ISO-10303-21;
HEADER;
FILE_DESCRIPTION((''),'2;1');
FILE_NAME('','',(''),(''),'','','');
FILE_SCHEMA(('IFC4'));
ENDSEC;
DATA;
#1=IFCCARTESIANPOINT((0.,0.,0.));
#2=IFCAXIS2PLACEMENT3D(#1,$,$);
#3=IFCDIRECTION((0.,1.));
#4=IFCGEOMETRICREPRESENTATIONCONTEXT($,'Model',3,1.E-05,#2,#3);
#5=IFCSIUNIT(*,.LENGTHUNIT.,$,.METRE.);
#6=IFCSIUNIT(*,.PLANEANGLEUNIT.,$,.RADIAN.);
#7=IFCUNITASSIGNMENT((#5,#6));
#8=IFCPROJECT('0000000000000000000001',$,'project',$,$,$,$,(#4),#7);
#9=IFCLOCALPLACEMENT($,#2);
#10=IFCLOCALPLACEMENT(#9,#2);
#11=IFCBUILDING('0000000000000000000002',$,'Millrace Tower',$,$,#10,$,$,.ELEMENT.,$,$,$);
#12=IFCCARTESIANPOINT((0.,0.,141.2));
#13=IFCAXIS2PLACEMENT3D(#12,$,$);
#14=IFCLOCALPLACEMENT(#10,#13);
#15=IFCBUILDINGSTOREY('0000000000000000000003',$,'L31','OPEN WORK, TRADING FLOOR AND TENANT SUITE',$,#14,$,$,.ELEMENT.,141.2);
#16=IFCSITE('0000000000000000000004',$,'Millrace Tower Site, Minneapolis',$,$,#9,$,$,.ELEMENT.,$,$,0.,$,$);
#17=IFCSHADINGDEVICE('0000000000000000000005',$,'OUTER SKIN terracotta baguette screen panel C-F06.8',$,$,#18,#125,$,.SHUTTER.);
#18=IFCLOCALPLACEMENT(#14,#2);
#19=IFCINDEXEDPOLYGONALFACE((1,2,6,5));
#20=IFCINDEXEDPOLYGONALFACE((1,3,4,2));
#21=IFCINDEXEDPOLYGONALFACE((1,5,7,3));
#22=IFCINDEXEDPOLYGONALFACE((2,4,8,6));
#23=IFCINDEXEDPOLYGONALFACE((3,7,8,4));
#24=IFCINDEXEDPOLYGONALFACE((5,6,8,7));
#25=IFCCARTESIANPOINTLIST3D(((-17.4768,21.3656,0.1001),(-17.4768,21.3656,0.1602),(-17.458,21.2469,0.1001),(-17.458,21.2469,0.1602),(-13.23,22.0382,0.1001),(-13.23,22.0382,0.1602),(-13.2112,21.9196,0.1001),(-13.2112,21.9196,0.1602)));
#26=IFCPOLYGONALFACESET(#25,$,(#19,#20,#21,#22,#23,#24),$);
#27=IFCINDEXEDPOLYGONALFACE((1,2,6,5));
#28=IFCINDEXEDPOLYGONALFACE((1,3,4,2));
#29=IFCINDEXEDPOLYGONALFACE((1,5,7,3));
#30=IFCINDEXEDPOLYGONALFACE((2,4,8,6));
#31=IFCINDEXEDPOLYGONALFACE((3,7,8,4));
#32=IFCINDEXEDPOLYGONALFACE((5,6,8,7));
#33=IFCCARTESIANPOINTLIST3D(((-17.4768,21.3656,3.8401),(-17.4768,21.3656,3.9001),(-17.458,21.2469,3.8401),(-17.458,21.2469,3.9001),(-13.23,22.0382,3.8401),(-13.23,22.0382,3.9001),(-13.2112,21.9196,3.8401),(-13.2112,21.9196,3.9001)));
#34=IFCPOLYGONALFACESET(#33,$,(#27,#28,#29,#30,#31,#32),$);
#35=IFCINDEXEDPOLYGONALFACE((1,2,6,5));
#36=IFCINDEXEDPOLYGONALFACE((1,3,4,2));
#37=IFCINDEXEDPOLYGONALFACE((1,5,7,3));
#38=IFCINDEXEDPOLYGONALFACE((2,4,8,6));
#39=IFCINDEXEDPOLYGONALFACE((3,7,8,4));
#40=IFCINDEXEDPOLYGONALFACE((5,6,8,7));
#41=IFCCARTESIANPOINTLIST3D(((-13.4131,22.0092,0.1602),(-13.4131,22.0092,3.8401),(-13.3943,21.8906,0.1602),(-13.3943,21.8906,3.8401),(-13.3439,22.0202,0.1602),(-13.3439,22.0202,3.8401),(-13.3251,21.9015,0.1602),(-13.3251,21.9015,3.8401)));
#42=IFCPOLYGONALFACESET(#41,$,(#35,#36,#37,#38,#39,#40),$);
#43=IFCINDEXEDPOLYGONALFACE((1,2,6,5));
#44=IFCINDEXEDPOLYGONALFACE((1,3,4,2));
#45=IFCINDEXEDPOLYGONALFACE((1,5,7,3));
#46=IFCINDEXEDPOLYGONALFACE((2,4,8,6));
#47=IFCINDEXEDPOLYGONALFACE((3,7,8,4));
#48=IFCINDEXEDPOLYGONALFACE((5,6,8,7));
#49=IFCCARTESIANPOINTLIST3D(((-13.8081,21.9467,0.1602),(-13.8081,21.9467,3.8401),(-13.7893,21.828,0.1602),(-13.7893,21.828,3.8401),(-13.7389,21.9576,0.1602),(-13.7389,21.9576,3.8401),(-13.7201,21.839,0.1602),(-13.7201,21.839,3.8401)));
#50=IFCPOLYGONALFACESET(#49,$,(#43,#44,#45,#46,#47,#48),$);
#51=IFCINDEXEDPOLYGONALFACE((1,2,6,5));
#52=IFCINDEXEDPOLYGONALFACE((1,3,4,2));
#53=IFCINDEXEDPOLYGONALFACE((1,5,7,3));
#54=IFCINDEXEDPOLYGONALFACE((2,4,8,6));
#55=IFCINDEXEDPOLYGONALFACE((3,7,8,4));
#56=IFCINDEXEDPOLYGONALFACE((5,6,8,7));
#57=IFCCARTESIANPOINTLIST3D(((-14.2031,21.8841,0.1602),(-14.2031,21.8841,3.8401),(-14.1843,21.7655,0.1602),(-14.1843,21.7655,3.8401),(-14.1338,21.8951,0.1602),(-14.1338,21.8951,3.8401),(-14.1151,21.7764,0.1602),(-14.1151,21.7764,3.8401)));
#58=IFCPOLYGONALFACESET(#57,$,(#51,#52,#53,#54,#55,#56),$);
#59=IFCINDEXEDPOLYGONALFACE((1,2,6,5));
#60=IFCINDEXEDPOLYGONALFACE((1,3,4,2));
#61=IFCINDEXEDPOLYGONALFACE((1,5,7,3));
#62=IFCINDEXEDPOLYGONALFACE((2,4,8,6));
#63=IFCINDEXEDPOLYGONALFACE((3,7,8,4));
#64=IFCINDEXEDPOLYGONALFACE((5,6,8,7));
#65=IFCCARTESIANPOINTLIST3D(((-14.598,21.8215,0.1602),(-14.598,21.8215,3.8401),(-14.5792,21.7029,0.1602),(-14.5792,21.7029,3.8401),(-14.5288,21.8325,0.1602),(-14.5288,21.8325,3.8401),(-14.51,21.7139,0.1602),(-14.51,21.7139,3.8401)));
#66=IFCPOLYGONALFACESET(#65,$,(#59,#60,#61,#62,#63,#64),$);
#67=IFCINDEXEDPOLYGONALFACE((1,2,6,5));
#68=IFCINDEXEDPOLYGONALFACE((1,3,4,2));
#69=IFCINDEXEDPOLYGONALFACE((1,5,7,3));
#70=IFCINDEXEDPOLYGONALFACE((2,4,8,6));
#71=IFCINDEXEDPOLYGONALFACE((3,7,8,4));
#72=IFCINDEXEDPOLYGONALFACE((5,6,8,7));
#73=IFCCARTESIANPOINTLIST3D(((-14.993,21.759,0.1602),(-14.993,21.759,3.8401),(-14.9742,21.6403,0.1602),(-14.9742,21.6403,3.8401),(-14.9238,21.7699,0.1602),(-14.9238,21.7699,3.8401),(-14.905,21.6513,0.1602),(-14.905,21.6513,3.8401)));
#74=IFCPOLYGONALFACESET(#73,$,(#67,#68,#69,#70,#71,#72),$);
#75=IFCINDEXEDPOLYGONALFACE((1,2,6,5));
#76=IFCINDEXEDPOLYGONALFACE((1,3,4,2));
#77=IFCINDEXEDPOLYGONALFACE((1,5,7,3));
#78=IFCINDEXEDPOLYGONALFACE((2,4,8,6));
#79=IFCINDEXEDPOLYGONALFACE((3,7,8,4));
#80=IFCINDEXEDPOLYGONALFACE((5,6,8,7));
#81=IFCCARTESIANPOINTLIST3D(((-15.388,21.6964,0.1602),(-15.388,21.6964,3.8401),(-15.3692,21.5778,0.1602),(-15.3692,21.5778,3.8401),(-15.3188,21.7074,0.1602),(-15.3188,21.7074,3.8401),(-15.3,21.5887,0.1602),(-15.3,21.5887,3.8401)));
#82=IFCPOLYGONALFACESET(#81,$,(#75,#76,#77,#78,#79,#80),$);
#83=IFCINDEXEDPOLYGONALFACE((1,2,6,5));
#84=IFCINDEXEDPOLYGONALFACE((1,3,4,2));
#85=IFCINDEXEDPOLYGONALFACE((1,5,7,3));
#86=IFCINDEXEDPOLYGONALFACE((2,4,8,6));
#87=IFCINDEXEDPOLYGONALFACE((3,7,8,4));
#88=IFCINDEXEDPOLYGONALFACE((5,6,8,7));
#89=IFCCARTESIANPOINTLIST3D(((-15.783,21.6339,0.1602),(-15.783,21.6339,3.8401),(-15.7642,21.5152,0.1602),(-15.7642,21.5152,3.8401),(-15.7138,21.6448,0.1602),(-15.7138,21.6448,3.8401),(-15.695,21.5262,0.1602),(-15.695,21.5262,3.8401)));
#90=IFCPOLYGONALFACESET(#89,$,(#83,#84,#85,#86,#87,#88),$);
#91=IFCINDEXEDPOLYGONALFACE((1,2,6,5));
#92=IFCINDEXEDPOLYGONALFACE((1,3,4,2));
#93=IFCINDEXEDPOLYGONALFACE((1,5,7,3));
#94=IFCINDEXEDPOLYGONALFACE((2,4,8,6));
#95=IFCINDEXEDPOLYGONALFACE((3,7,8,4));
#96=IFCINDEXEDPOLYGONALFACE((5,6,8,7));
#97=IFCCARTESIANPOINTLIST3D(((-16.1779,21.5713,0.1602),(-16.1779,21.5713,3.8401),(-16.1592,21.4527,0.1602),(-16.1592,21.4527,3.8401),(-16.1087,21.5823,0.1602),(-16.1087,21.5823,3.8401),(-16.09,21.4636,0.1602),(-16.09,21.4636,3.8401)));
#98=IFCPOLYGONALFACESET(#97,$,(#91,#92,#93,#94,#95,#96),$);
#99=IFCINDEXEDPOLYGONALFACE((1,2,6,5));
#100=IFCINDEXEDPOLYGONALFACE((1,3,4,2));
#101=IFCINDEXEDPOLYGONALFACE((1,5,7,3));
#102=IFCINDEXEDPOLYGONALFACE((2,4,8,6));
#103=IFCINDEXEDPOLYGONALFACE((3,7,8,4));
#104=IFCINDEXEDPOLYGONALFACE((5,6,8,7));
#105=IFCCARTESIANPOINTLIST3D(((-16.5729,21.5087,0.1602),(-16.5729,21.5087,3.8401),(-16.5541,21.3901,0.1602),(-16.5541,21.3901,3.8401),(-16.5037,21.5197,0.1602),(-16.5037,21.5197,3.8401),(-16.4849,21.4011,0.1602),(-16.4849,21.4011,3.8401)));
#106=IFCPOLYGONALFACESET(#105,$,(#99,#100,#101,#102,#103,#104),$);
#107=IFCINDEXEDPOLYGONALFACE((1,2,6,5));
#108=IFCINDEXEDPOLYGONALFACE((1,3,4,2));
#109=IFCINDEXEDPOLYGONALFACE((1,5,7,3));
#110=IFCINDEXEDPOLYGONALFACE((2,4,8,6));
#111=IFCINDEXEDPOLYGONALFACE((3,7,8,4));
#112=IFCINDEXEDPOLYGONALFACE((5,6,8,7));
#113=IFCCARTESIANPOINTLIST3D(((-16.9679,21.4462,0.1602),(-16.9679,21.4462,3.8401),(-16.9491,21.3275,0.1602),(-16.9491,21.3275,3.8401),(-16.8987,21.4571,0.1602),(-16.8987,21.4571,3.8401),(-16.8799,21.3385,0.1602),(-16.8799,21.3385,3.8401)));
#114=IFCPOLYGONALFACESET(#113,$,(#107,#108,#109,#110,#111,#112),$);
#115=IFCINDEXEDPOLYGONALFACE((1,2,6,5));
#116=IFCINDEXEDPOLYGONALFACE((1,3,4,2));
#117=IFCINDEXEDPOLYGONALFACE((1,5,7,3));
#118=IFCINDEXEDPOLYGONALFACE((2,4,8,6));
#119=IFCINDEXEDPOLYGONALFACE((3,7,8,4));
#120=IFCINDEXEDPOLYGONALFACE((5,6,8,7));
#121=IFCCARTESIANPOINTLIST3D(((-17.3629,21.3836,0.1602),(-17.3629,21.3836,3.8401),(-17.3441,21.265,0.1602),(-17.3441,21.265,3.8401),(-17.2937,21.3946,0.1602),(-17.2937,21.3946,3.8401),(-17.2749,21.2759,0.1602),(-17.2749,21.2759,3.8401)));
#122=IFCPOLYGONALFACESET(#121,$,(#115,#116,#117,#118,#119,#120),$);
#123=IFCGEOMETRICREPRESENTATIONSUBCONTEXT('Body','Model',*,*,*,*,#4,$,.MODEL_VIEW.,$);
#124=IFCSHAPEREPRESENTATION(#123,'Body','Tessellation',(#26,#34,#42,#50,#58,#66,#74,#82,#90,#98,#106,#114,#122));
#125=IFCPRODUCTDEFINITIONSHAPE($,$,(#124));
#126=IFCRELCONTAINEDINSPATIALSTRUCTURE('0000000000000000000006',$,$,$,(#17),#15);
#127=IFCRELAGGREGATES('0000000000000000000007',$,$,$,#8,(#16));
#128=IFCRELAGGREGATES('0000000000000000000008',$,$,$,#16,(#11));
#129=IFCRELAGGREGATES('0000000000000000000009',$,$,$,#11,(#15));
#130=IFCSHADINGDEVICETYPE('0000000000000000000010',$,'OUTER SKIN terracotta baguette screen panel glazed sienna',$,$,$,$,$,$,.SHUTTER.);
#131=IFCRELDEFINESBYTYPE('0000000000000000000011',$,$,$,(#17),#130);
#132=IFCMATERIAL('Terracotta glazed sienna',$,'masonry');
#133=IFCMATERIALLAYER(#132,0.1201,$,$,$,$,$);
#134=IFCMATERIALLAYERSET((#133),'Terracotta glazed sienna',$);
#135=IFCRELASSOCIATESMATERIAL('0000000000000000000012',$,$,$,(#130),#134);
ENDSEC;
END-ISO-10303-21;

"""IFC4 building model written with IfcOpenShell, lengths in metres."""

from ifc_helpers import new_model, entity, si_unit, direction, frame, frame_2d, origin, origin_2d, place, context, subcontext, project, spatial, rectangle, extrude, source, transform, mapped, material, layer, layer_set, type_object, element, save


model = new_model("IFC4")

# Units and contexts
model_context = context("Model", 3, precision=1e-05, world=origin(), true_north=direction((0.0, 1.0)))
body_context = subcontext(model_context, "Body", "Model", "MODEL_VIEW")
ifc_project = project(units=[si_unit("LENGTHUNIT", "METRE"), si_unit("PLANEANGLEUNIT", "RADIAN")], contexts=[model_context])

# Site, building, storey
site_placement = place(None, origin())
site = spatial("IfcSite", under=ifc_project, at=site_placement, Name="Millrace Tower Site, Minneapolis", CompositionType="ELEMENT", RefElevation=0.0)
building_placement = place(site_placement, origin())
building = spatial("IfcBuilding", under=site, at=building_placement, Name="Millrace Tower", CompositionType="ELEMENT")
storey_placement = place(building_placement, frame((0.0, 0.0, 141.2)))
storey = spatial("IfcBuildingStorey", under=building, at=storey_placement, Name="L31", Description="OPEN WORK, TRADING FLOOR AND TENANT SUITE", CompositionType="ELEMENT", Elevation=141.2)

# Shading device
ifc_material_1 = material(Name="Terracotta glazed sienna", Category="masonry")
ifc_layer_1 = layer(ifc_material_1, 0.1201)
ifc_layer_set_1 = layer_set([ifc_layer_1], Name="Terracotta glazed sienna")
shading_device_type = type_object("IfcShadingDeviceType", Name="OUTER SKIN terracotta baguette screen panel glazed sienna", PredefinedType="SHUTTER", material=ifc_layer_set_1)
cartesian_point_1 = entity("IfcCartesianPoint", [-2.1499, 0.0601])
shared_polyline_1 = entity("IfcPolyline", [cartesian_point_1, entity("IfcCartesianPoint", [2.1499, 0.0601]), entity("IfcCartesianPoint", [2.1499, -0.0601]), entity("IfcCartesianPoint", [-2.1499, -0.0601]), cartesian_point_1])
shared_shape_1 = source(origin(), body_context, "Body", "SweptSolid", [
    entity("IfcExtrudedAreaSolid", entity("IfcArbitraryClosedProfileDef", "AREA", None, shared_polyline_1), entity("IfcAxis2Placement3D", entity("IfcCartesianPoint", [0.0, 0.0, 0.0])), entity("IfcDirection", [0.0, 0.0, 1.0]), 0.0601),
    entity("IfcExtrudedAreaSolid", entity("IfcArbitraryClosedProfileDef", "AREA", None, shared_polyline_1), entity("IfcAxis2Placement3D", entity("IfcCartesianPoint", [0.0, 0.0, 3.74])), entity("IfcDirection", [0.0, 0.0, 1.0]), 0.0601),
    extrude(rectangle(XDim=0.0701, YDim=0.1201, at=frame_2d((-1.9995, 0.0))), frame((0.0, 0.0, 0.0601)), (0.0, 0.0, 1.0), 3.6799),
    extrude(rectangle(XDim=0.0701, YDim=0.1201, at=frame_2d((-1.5996, 0.0))), frame((0.0, 0.0, 0.0601)), (0.0, 0.0, 1.0), 3.6799),
    extrude(rectangle(XDim=0.0701, YDim=0.1201, at=frame_2d((-1.1997, 0.0))), frame((0.0, 0.0, 0.0601)), (0.0, 0.0, 1.0), 3.6799),
    extrude(rectangle(XDim=0.0701, YDim=0.1201, at=frame_2d((-0.7998, 0.0))), frame((0.0, 0.0, 0.0601)), (0.0, 0.0, 1.0), 3.6799),
    extrude(rectangle(XDim=0.0701, YDim=0.1201, at=frame_2d((-0.3999, 0.0))), frame((0.0, 0.0, 0.0601)), (0.0, 0.0, 1.0), 3.6799),
    extrude(rectangle(XDim=0.0701, YDim=0.1201, at=origin_2d()), frame((0.0, 0.0, 0.0601)), (0.0, 0.0, 1.0), 3.6799),
    extrude(rectangle(XDim=0.0701, YDim=0.1201, at=frame_2d((0.3999, 0.0))), frame((0.0, 0.0, 0.0601)), (0.0, 0.0, 1.0), 3.6799),
    extrude(rectangle(XDim=0.0701, YDim=0.1201, at=frame_2d((0.7998, 0.0))), frame((0.0, 0.0, 0.0601)), (0.0, 0.0, 1.0), 3.6799),
    extrude(rectangle(XDim=0.0701, YDim=0.1201, at=frame_2d((1.1997, 0.0))), frame((0.0, 0.0, 0.0601)), (0.0, 0.0, 1.0), 3.6799),
    extrude(rectangle(XDim=0.0701, YDim=0.1201, at=frame_2d((1.5996, 0.0))), frame((0.0, 0.0, 0.0601)), (0.0, 0.0, 1.0), 3.6799),
    extrude(rectangle(XDim=0.0701, YDim=0.1201, at=frame_2d((1.9995, 0.0))), frame((0.0, 0.0, 0.0601)), (0.0, 0.0, 1.0), 3.6799),
])
shading_device_1_placement = place(storey_placement, frame((-15.344, 21.6426, 0.1001), z_axis=(0.0, 0.0, 1.0), x_axis=(-0.987688, -0.156434, 0.0)))
element("IfcShadingDevice", 1, at=shading_device_1_placement, inside=storey, type_object=shading_device_type, Name="OUTER SKIN terracotta baguette screen panel C-F06.8", PredefinedType="SHUTTER", context=body_context, shape_type="MappedRepresentation", body=[
    mapped(shared_shape_1, transform((0.0, 0.0, 0.0), scale=1.0)),
])

save(model, "model.ifc")
